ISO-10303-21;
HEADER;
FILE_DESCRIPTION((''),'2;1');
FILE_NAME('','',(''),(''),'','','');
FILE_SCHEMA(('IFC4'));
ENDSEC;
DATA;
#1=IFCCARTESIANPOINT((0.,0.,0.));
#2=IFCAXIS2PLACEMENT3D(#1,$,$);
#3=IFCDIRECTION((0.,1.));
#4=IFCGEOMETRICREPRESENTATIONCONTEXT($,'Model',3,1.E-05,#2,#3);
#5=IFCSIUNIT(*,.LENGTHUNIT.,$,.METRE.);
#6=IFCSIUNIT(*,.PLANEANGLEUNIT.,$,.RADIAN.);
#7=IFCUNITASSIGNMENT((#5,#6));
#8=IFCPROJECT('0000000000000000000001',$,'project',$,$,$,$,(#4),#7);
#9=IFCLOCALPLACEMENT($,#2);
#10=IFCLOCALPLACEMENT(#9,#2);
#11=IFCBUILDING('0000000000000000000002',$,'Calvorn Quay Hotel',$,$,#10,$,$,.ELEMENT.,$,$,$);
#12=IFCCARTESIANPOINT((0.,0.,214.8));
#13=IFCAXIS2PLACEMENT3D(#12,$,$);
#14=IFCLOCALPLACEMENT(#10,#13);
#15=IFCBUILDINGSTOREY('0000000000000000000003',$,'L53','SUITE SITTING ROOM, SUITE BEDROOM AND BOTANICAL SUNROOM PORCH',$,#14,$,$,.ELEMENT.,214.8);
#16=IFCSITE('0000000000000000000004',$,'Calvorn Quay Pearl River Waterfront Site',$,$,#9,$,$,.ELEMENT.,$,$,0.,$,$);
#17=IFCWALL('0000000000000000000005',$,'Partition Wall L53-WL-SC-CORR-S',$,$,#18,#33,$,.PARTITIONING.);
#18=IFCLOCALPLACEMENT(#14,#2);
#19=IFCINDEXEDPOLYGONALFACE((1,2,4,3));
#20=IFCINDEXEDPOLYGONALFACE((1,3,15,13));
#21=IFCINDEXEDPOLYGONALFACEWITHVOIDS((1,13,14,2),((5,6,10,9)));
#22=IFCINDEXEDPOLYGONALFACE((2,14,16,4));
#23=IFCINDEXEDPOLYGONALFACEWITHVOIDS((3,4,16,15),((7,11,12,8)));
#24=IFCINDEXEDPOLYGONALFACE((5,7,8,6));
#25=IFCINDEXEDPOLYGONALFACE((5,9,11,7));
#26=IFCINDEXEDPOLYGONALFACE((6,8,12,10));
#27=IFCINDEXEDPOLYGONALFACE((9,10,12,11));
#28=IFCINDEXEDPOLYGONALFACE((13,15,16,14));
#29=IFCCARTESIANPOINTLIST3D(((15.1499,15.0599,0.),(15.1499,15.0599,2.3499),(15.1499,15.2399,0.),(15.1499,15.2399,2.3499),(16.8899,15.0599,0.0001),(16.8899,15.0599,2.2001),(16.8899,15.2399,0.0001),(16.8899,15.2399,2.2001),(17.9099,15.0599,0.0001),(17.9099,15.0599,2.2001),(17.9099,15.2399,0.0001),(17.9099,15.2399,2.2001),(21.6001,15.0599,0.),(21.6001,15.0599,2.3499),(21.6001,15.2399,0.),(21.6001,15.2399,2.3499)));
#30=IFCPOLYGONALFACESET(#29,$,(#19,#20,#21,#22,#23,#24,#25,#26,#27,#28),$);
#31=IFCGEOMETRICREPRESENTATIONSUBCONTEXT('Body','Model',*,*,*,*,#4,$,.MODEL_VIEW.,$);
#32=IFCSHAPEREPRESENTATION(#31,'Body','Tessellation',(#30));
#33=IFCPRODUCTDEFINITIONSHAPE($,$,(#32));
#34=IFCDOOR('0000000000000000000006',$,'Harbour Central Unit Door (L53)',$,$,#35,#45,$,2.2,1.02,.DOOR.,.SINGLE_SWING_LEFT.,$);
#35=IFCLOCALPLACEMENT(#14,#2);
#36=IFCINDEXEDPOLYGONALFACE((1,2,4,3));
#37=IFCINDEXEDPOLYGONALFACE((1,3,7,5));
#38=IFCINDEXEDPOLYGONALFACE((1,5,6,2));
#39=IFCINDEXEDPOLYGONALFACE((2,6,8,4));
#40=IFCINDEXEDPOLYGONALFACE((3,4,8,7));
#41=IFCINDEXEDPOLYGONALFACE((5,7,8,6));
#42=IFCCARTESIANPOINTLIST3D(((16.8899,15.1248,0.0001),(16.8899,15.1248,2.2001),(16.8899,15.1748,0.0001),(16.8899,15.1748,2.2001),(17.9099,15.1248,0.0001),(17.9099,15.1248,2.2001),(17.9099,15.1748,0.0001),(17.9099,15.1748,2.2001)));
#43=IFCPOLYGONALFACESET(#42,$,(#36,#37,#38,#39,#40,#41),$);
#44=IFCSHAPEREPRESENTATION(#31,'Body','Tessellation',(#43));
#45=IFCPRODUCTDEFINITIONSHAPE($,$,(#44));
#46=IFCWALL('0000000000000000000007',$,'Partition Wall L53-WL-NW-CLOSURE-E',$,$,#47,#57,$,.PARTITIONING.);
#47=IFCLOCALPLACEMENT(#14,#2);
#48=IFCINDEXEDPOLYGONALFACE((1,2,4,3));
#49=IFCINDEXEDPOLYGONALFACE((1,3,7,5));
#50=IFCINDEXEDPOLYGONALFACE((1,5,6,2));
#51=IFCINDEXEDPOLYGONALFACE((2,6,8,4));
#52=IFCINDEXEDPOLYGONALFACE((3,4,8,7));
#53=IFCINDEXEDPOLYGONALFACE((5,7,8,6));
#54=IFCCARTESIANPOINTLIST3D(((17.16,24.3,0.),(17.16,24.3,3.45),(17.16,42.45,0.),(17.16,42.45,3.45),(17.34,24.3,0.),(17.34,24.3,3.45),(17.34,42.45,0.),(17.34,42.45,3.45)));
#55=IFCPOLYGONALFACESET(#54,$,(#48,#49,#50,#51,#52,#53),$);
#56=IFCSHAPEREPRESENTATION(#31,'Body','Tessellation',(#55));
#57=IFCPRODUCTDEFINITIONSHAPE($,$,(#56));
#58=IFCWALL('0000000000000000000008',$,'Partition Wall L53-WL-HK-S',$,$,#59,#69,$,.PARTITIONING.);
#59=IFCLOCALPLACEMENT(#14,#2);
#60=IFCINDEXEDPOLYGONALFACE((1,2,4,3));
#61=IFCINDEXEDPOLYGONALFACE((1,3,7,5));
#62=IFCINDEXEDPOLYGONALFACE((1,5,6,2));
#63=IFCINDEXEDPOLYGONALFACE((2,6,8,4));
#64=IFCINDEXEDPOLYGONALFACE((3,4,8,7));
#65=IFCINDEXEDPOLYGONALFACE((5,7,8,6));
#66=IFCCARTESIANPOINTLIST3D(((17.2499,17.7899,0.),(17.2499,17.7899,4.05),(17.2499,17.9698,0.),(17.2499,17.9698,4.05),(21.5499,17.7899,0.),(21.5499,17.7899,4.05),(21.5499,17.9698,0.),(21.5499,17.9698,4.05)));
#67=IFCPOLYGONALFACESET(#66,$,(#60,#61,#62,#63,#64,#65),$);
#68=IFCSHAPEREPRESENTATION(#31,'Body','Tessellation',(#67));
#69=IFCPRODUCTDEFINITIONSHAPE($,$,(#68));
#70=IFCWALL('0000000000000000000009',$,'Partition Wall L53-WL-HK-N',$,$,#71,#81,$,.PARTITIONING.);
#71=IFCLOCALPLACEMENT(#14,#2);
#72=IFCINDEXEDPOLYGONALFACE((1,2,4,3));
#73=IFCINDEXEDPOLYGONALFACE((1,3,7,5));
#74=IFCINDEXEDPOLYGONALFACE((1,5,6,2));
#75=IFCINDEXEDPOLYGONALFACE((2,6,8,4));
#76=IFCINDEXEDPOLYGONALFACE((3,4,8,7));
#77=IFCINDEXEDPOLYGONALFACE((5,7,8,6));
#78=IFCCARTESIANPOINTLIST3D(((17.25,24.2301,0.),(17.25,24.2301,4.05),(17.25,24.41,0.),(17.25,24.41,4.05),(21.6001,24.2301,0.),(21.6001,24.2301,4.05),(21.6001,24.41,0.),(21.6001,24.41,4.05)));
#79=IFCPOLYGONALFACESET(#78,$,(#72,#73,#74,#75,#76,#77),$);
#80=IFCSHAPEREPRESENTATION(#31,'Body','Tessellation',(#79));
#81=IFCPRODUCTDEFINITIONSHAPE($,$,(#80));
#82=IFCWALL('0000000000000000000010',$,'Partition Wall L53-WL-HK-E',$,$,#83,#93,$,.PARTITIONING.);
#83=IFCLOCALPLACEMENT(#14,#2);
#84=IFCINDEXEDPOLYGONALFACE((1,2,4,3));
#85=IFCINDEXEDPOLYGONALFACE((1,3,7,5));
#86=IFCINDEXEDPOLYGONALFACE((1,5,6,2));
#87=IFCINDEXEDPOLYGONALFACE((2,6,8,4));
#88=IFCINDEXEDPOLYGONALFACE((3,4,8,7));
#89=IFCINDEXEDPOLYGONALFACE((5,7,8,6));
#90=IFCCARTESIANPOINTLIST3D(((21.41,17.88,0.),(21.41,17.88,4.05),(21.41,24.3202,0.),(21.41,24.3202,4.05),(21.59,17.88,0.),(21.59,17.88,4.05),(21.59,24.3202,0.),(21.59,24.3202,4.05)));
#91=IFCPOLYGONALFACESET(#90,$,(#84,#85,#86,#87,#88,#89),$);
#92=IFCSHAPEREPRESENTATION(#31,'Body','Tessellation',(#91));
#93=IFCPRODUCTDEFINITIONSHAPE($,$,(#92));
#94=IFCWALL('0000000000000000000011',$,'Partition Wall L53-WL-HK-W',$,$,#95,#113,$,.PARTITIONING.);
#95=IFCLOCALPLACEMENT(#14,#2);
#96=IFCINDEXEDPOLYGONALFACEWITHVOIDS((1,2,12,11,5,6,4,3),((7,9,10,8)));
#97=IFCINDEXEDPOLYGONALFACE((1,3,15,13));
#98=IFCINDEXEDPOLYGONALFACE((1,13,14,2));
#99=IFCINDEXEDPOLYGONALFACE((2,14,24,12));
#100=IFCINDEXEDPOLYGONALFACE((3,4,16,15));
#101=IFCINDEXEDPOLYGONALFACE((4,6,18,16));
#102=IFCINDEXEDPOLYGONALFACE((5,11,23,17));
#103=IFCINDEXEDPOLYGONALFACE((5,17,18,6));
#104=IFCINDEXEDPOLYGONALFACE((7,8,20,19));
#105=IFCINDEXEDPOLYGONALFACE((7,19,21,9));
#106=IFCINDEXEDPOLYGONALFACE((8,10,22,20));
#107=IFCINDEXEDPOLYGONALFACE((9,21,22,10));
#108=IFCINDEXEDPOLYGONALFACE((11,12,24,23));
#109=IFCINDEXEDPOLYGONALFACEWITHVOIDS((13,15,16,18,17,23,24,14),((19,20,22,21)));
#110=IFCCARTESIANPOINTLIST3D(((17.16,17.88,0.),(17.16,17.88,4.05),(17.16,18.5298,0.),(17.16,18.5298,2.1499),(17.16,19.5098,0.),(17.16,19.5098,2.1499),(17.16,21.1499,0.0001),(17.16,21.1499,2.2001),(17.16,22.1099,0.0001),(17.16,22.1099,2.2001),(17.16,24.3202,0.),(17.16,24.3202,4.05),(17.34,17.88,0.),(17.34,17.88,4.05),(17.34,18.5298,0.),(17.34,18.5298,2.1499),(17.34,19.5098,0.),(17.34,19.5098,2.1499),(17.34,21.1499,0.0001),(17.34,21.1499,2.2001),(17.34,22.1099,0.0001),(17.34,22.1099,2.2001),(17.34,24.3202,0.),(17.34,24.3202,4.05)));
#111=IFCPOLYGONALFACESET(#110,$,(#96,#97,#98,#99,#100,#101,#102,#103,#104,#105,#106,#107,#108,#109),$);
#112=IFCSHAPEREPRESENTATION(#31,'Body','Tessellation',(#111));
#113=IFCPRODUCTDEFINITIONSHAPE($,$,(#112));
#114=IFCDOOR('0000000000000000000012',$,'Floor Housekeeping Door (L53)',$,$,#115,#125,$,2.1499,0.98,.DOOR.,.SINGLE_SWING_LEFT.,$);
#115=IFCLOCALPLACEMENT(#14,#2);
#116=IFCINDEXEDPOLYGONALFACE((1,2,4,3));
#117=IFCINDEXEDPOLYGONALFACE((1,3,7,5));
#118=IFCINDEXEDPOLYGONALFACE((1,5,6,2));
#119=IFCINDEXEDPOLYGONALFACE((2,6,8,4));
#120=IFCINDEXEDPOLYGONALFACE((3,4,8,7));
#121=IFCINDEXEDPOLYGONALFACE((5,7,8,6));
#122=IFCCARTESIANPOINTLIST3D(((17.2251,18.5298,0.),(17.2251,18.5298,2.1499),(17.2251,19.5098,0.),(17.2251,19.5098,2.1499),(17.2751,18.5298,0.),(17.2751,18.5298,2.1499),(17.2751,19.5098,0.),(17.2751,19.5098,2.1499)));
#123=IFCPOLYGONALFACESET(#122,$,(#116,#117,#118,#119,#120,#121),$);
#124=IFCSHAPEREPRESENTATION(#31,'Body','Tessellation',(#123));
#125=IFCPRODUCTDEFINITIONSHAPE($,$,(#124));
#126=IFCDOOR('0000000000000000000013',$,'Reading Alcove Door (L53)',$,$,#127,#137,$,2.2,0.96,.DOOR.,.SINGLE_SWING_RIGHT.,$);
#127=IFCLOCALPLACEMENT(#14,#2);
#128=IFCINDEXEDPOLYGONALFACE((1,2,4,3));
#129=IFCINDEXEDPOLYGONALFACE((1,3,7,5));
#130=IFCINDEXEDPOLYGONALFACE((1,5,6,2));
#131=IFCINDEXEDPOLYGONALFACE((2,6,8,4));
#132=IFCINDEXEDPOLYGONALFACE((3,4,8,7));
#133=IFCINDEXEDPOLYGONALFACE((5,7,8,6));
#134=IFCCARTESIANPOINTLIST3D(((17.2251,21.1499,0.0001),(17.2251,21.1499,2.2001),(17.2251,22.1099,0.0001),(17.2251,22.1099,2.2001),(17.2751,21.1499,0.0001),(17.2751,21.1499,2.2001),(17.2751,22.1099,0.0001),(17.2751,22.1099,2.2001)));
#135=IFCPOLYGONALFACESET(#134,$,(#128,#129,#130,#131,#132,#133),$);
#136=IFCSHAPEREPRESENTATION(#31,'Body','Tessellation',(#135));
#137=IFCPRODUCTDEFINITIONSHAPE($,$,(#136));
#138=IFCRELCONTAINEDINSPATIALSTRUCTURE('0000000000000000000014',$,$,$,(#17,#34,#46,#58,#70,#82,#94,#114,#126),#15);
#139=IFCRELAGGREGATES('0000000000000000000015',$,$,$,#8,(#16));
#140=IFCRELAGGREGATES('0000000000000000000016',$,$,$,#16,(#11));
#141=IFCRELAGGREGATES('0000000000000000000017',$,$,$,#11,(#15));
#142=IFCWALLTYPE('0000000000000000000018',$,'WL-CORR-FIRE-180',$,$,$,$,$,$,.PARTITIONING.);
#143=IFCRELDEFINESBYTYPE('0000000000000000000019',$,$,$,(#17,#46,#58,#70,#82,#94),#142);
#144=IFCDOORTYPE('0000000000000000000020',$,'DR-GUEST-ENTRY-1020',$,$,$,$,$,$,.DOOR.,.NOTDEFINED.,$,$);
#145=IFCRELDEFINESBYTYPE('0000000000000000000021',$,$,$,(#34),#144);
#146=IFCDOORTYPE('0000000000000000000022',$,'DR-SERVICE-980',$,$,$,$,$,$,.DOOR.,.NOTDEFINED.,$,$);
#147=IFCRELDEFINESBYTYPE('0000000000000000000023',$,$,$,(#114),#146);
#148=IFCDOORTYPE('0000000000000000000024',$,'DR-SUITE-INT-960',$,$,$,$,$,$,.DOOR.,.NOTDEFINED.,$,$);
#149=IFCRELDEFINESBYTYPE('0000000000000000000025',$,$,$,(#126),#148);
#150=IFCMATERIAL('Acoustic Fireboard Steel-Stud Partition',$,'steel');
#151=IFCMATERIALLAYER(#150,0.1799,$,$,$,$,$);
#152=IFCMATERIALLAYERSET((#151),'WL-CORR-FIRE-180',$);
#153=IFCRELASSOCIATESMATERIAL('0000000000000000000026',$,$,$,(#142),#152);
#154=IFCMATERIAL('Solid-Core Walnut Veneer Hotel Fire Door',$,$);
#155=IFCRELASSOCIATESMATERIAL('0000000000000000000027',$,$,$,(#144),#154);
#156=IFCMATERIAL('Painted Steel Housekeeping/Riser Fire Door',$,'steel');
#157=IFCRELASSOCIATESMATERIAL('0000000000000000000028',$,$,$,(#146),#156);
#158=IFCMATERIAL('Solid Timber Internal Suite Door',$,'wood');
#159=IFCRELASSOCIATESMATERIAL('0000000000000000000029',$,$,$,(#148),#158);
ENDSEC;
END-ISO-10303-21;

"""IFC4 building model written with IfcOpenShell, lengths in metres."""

from ifc_helpers import new_model, si_unit, direction, frame, frame_2d, origin, place, context, subcontext, project, spatial, rectangle, extrude, material, layer, layer_set, type_object, element, fill, save


model = new_model("IFC4")

# Units and contexts
model_context = context("Model", 3, precision=1e-05, world=origin(), true_north=direction((0.0, 1.0)))
body_context = subcontext(model_context, "Body", "Model", "MODEL_VIEW")
ifc_project = project(units=[si_unit("LENGTHUNIT", "METRE"), si_unit("PLANEANGLEUNIT", "RADIAN")], contexts=[model_context])

# Site, building, storey
site_placement = place(None, origin())
site = spatial("IfcSite", under=ifc_project, at=site_placement, Name="Calvorn Quay Pearl River Waterfront Site", CompositionType="ELEMENT", RefElevation=0.0)
building_placement = place(site_placement, origin())
building = spatial("IfcBuilding", under=site, at=building_placement, Name="Calvorn Quay Hotel", CompositionType="ELEMENT")
storey_placement = place(building_placement, frame((0.0, 0.0, 214.8)))
storey = spatial("IfcBuildingStorey", under=building, at=storey_placement, Name="L53", Description="SUITE SITTING ROOM, SUITE BEDROOM AND BOTANICAL SUNROOM PORCH", CompositionType="ELEMENT", Elevation=214.8)

# Wall, opening, door
ifc_material_1 = material(Name="Acoustic Fireboard Steel-Stud Partition", Category="steel")
ifc_layer_1 = layer(ifc_material_1, 0.1799)
ifc_layer_set_1 = layer_set([ifc_layer_1], Name="WL-CORR-FIRE-180")
wall_type_1 = type_object("IfcWallType", Name="WL-CORR-FIRE-180", PredefinedType="PARTITIONING", material=ifc_layer_set_1)
wall_1_placement = place(storey_placement, frame((15.1499, 15.1499, 0.0), z_axis=(0.0, 0.0, 1.0), x_axis=(1.0, 0.0, 0.0)))
wall_1 = element("IfcWall", 1, at=wall_1_placement, inside=storey, type_object=wall_type_1, Name="Partition Wall L53-WL-SC-CORR-S", PredefinedType="PARTITIONING", context=body_context, shape_type="SweptSolid", body=[
    extrude(rectangle(XDim=6.4502, YDim=0.1799, at=frame_2d((3.2251, 0.0))), origin(), (0.0, 0.0, 1.0), 2.3499),
])
opening_1_placement = place(wall_1_placement, frame((1.74, 0.0, 0.0)))
opening_1 = element("IfcOpeningElement", 2, at=opening_1_placement, cuts=wall_1, PredefinedType="OPENING", context=body_context, shape_type="SweptSolid", body=[
    extrude(rectangle(XDim=1.02, YDim=2.2, at=frame_2d((0.51, 1.1001))), frame((0.0, 0.0999, 0.0), z_axis=(0.0, -1.0, 0.0), x_axis=(1.0, 0.0, 0.0)), (0.0, 0.0, 1.0), 0.2),
])
ifc_material_2 = material(Name="Solid-Core Walnut Veneer Hotel Fire Door")
door_type_1 = type_object("IfcDoorType", Name="DR-GUEST-ENTRY-1020", OperationType="NOTDEFINED", PredefinedType="DOOR", material=ifc_material_2)
door_1_placement = place(opening_1_placement, origin())
door_1 = element("IfcDoor", 3, at=door_1_placement, inside=storey, type_object=door_type_1, Name="Harbour Central Unit Door (L53)", OperationType="SINGLE_SWING_LEFT", OverallHeight=2.2, OverallWidth=1.02, PredefinedType="DOOR", context=body_context, shape_type="SweptSolid", body=[
    extrude(rectangle(XDim=1.02, YDim=2.2, at=frame_2d((0.51, 1.1001))), frame((0.0, 0.0249, 0.0), z_axis=(0.0, -1.0, 0.0), x_axis=(1.0, 0.0, 0.0)), (0.0, 0.0, 1.0), 0.05),
])
fill(opening_1, door_1)

# Walls
wall_2_placement = place(storey_placement, frame((17.25, 24.3, 0.0), z_axis=(0.0, 0.0, 1.0), x_axis=(0.0, 1.0, 0.0)))
element("IfcWall", 4, at=wall_2_placement, inside=storey, type_object=wall_type_1, Name="Partition Wall L53-WL-NW-CLOSURE-E", PredefinedType="PARTITIONING", context=body_context, shape_type="SweptSolid", body=[
    extrude(rectangle(XDim=18.1499, YDim=0.1799, at=frame_2d((9.075, 0.0))), origin(), (0.0, 0.0, 1.0), 3.45),
])
wall_3_placement = place(storey_placement, frame((17.25, 17.8799, 0.0), z_axis=(0.0, 0.0, 1.0), x_axis=(1.0, 0.0, 0.0)))
element("IfcWall", 5, at=wall_3_placement, inside=storey, type_object=wall_type_1, Name="Partition Wall L53-WL-HK-S", PredefinedType="PARTITIONING", context=body_context, shape_type="SweptSolid", body=[
    extrude(rectangle(XDim=4.3, YDim=0.1799, at=frame_2d((2.1499, 0.0))), origin(), (0.0, 0.0, 1.0), 4.05),
])
wall_4_placement = place(storey_placement, frame((17.25, 24.3201, 0.0), z_axis=(0.0, 0.0, 1.0), x_axis=(1.0, 0.0, 0.0)))
element("IfcWall", 6, at=wall_4_placement, inside=storey, type_object=wall_type_1, Name="Partition Wall L53-WL-HK-N", PredefinedType="PARTITIONING", context=body_context, shape_type="SweptSolid", body=[
    extrude(rectangle(XDim=4.3501, YDim=0.1799, at=frame_2d((2.175, 0.0))), origin(), (0.0, 0.0, 1.0), 4.05),
])
wall_5_placement = place(storey_placement, frame((21.5, 17.8799, 0.0), z_axis=(0.0, 0.0, 1.0), x_axis=(0.0, 1.0, 0.0)))
element("IfcWall", 7, at=wall_5_placement, inside=storey, type_object=wall_type_1, Name="Partition Wall L53-WL-HK-E", PredefinedType="PARTITIONING", context=body_context, shape_type="SweptSolid", body=[
    extrude(rectangle(XDim=6.4402, YDim=0.1799, at=frame_2d((3.2202, 0.0))), origin(), (0.0, 0.0, 1.0), 4.05),
])

# Wall, openings, doors
wall_6_placement = place(storey_placement, frame((17.25, 17.8799, 0.0), z_axis=(0.0, 0.0, 1.0), x_axis=(0.0, 1.0, 0.0)))
wall_6 = element("IfcWall", 8, at=wall_6_placement, inside=storey, type_object=wall_type_1, Name="Partition Wall L53-WL-HK-W", PredefinedType="PARTITIONING", context=body_context, shape_type="SweptSolid", body=[
    extrude(rectangle(XDim=6.4402, YDim=0.1799, at=frame_2d((3.2202, 0.0))), origin(), (0.0, 0.0, 1.0), 4.05),
])
opening_2_placement = place(wall_6_placement, frame((0.6499, 0.0, 0.0)))
opening_2 = element("IfcOpeningElement", 9, at=opening_2_placement, cuts=wall_6, PredefinedType="OPENING", context=body_context, shape_type="SweptSolid", body=[
    extrude(rectangle(XDim=0.98, YDim=2.1499, at=frame_2d((0.49, 1.075))), frame((0.0, 0.0999, 0.0), z_axis=(0.0, -1.0, 0.0), x_axis=(1.0, 0.0, 0.0)), (0.0, 0.0, 1.0), 0.2),
])
opening_3_placement = place(wall_6_placement, frame((3.27, 0.0, 0.0)))
opening_3 = element("IfcOpeningElement", 10, at=opening_3_placement, cuts=wall_6, PredefinedType="OPENING", context=body_context, shape_type="SweptSolid", body=[
    extrude(rectangle(XDim=0.96, YDim=2.2, at=frame_2d((0.48, 1.1001))), frame((0.0, 0.0999, 0.0), z_axis=(0.0, -1.0, 0.0), x_axis=(1.0, 0.0, 0.0)), (0.0, 0.0, 1.0), 0.2),
])
ifc_material_3 = material(Name="Painted Steel Housekeeping/Riser Fire Door", Category="steel")
door_type_2 = type_object("IfcDoorType", Name="DR-SERVICE-980", OperationType="NOTDEFINED", PredefinedType="DOOR", material=ifc_material_3)
door_2_placement = place(opening_2_placement, origin())
door_2 = element("IfcDoor", 11, at=door_2_placement, inside=storey, type_object=door_type_2, Name="Floor Housekeeping Door (L53)", OperationType="SINGLE_SWING_LEFT", OverallHeight=2.1499, OverallWidth=0.98, PredefinedType="DOOR", context=body_context, shape_type="SweptSolid", body=[
    extrude(rectangle(XDim=0.98, YDim=2.1499, at=frame_2d((0.49, 1.075))), frame((0.0, 0.0249, 0.0), z_axis=(0.0, -1.0, 0.0), x_axis=(1.0, 0.0, 0.0)), (0.0, 0.0, 1.0), 0.05),
])
fill(opening_2, door_2)
ifc_material_4 = material(Name="Solid Timber Internal Suite Door", Category="wood")
door_type_3 = type_object("IfcDoorType", Name="DR-SUITE-INT-960", OperationType="NOTDEFINED", PredefinedType="DOOR", material=ifc_material_4)
door_3_placement = place(opening_3_placement, origin())
door_3 = element("IfcDoor", 12, at=door_3_placement, inside=storey, type_object=door_type_3, Name="Reading Alcove Door (L53)", OperationType="SINGLE_SWING_RIGHT", OverallHeight=2.2, OverallWidth=0.96, PredefinedType="DOOR", context=body_context, shape_type="SweptSolid", body=[
    extrude(rectangle(XDim=0.96, YDim=2.2, at=frame_2d((0.48, 1.1001))), frame((0.0, 0.0249, 0.0), z_axis=(0.0, -1.0, 0.0), x_axis=(1.0, 0.0, 0.0)), (0.0, 0.0, 1.0), 0.05),
])
fill(opening_3, door_3)

save(model, "model.ifc")
